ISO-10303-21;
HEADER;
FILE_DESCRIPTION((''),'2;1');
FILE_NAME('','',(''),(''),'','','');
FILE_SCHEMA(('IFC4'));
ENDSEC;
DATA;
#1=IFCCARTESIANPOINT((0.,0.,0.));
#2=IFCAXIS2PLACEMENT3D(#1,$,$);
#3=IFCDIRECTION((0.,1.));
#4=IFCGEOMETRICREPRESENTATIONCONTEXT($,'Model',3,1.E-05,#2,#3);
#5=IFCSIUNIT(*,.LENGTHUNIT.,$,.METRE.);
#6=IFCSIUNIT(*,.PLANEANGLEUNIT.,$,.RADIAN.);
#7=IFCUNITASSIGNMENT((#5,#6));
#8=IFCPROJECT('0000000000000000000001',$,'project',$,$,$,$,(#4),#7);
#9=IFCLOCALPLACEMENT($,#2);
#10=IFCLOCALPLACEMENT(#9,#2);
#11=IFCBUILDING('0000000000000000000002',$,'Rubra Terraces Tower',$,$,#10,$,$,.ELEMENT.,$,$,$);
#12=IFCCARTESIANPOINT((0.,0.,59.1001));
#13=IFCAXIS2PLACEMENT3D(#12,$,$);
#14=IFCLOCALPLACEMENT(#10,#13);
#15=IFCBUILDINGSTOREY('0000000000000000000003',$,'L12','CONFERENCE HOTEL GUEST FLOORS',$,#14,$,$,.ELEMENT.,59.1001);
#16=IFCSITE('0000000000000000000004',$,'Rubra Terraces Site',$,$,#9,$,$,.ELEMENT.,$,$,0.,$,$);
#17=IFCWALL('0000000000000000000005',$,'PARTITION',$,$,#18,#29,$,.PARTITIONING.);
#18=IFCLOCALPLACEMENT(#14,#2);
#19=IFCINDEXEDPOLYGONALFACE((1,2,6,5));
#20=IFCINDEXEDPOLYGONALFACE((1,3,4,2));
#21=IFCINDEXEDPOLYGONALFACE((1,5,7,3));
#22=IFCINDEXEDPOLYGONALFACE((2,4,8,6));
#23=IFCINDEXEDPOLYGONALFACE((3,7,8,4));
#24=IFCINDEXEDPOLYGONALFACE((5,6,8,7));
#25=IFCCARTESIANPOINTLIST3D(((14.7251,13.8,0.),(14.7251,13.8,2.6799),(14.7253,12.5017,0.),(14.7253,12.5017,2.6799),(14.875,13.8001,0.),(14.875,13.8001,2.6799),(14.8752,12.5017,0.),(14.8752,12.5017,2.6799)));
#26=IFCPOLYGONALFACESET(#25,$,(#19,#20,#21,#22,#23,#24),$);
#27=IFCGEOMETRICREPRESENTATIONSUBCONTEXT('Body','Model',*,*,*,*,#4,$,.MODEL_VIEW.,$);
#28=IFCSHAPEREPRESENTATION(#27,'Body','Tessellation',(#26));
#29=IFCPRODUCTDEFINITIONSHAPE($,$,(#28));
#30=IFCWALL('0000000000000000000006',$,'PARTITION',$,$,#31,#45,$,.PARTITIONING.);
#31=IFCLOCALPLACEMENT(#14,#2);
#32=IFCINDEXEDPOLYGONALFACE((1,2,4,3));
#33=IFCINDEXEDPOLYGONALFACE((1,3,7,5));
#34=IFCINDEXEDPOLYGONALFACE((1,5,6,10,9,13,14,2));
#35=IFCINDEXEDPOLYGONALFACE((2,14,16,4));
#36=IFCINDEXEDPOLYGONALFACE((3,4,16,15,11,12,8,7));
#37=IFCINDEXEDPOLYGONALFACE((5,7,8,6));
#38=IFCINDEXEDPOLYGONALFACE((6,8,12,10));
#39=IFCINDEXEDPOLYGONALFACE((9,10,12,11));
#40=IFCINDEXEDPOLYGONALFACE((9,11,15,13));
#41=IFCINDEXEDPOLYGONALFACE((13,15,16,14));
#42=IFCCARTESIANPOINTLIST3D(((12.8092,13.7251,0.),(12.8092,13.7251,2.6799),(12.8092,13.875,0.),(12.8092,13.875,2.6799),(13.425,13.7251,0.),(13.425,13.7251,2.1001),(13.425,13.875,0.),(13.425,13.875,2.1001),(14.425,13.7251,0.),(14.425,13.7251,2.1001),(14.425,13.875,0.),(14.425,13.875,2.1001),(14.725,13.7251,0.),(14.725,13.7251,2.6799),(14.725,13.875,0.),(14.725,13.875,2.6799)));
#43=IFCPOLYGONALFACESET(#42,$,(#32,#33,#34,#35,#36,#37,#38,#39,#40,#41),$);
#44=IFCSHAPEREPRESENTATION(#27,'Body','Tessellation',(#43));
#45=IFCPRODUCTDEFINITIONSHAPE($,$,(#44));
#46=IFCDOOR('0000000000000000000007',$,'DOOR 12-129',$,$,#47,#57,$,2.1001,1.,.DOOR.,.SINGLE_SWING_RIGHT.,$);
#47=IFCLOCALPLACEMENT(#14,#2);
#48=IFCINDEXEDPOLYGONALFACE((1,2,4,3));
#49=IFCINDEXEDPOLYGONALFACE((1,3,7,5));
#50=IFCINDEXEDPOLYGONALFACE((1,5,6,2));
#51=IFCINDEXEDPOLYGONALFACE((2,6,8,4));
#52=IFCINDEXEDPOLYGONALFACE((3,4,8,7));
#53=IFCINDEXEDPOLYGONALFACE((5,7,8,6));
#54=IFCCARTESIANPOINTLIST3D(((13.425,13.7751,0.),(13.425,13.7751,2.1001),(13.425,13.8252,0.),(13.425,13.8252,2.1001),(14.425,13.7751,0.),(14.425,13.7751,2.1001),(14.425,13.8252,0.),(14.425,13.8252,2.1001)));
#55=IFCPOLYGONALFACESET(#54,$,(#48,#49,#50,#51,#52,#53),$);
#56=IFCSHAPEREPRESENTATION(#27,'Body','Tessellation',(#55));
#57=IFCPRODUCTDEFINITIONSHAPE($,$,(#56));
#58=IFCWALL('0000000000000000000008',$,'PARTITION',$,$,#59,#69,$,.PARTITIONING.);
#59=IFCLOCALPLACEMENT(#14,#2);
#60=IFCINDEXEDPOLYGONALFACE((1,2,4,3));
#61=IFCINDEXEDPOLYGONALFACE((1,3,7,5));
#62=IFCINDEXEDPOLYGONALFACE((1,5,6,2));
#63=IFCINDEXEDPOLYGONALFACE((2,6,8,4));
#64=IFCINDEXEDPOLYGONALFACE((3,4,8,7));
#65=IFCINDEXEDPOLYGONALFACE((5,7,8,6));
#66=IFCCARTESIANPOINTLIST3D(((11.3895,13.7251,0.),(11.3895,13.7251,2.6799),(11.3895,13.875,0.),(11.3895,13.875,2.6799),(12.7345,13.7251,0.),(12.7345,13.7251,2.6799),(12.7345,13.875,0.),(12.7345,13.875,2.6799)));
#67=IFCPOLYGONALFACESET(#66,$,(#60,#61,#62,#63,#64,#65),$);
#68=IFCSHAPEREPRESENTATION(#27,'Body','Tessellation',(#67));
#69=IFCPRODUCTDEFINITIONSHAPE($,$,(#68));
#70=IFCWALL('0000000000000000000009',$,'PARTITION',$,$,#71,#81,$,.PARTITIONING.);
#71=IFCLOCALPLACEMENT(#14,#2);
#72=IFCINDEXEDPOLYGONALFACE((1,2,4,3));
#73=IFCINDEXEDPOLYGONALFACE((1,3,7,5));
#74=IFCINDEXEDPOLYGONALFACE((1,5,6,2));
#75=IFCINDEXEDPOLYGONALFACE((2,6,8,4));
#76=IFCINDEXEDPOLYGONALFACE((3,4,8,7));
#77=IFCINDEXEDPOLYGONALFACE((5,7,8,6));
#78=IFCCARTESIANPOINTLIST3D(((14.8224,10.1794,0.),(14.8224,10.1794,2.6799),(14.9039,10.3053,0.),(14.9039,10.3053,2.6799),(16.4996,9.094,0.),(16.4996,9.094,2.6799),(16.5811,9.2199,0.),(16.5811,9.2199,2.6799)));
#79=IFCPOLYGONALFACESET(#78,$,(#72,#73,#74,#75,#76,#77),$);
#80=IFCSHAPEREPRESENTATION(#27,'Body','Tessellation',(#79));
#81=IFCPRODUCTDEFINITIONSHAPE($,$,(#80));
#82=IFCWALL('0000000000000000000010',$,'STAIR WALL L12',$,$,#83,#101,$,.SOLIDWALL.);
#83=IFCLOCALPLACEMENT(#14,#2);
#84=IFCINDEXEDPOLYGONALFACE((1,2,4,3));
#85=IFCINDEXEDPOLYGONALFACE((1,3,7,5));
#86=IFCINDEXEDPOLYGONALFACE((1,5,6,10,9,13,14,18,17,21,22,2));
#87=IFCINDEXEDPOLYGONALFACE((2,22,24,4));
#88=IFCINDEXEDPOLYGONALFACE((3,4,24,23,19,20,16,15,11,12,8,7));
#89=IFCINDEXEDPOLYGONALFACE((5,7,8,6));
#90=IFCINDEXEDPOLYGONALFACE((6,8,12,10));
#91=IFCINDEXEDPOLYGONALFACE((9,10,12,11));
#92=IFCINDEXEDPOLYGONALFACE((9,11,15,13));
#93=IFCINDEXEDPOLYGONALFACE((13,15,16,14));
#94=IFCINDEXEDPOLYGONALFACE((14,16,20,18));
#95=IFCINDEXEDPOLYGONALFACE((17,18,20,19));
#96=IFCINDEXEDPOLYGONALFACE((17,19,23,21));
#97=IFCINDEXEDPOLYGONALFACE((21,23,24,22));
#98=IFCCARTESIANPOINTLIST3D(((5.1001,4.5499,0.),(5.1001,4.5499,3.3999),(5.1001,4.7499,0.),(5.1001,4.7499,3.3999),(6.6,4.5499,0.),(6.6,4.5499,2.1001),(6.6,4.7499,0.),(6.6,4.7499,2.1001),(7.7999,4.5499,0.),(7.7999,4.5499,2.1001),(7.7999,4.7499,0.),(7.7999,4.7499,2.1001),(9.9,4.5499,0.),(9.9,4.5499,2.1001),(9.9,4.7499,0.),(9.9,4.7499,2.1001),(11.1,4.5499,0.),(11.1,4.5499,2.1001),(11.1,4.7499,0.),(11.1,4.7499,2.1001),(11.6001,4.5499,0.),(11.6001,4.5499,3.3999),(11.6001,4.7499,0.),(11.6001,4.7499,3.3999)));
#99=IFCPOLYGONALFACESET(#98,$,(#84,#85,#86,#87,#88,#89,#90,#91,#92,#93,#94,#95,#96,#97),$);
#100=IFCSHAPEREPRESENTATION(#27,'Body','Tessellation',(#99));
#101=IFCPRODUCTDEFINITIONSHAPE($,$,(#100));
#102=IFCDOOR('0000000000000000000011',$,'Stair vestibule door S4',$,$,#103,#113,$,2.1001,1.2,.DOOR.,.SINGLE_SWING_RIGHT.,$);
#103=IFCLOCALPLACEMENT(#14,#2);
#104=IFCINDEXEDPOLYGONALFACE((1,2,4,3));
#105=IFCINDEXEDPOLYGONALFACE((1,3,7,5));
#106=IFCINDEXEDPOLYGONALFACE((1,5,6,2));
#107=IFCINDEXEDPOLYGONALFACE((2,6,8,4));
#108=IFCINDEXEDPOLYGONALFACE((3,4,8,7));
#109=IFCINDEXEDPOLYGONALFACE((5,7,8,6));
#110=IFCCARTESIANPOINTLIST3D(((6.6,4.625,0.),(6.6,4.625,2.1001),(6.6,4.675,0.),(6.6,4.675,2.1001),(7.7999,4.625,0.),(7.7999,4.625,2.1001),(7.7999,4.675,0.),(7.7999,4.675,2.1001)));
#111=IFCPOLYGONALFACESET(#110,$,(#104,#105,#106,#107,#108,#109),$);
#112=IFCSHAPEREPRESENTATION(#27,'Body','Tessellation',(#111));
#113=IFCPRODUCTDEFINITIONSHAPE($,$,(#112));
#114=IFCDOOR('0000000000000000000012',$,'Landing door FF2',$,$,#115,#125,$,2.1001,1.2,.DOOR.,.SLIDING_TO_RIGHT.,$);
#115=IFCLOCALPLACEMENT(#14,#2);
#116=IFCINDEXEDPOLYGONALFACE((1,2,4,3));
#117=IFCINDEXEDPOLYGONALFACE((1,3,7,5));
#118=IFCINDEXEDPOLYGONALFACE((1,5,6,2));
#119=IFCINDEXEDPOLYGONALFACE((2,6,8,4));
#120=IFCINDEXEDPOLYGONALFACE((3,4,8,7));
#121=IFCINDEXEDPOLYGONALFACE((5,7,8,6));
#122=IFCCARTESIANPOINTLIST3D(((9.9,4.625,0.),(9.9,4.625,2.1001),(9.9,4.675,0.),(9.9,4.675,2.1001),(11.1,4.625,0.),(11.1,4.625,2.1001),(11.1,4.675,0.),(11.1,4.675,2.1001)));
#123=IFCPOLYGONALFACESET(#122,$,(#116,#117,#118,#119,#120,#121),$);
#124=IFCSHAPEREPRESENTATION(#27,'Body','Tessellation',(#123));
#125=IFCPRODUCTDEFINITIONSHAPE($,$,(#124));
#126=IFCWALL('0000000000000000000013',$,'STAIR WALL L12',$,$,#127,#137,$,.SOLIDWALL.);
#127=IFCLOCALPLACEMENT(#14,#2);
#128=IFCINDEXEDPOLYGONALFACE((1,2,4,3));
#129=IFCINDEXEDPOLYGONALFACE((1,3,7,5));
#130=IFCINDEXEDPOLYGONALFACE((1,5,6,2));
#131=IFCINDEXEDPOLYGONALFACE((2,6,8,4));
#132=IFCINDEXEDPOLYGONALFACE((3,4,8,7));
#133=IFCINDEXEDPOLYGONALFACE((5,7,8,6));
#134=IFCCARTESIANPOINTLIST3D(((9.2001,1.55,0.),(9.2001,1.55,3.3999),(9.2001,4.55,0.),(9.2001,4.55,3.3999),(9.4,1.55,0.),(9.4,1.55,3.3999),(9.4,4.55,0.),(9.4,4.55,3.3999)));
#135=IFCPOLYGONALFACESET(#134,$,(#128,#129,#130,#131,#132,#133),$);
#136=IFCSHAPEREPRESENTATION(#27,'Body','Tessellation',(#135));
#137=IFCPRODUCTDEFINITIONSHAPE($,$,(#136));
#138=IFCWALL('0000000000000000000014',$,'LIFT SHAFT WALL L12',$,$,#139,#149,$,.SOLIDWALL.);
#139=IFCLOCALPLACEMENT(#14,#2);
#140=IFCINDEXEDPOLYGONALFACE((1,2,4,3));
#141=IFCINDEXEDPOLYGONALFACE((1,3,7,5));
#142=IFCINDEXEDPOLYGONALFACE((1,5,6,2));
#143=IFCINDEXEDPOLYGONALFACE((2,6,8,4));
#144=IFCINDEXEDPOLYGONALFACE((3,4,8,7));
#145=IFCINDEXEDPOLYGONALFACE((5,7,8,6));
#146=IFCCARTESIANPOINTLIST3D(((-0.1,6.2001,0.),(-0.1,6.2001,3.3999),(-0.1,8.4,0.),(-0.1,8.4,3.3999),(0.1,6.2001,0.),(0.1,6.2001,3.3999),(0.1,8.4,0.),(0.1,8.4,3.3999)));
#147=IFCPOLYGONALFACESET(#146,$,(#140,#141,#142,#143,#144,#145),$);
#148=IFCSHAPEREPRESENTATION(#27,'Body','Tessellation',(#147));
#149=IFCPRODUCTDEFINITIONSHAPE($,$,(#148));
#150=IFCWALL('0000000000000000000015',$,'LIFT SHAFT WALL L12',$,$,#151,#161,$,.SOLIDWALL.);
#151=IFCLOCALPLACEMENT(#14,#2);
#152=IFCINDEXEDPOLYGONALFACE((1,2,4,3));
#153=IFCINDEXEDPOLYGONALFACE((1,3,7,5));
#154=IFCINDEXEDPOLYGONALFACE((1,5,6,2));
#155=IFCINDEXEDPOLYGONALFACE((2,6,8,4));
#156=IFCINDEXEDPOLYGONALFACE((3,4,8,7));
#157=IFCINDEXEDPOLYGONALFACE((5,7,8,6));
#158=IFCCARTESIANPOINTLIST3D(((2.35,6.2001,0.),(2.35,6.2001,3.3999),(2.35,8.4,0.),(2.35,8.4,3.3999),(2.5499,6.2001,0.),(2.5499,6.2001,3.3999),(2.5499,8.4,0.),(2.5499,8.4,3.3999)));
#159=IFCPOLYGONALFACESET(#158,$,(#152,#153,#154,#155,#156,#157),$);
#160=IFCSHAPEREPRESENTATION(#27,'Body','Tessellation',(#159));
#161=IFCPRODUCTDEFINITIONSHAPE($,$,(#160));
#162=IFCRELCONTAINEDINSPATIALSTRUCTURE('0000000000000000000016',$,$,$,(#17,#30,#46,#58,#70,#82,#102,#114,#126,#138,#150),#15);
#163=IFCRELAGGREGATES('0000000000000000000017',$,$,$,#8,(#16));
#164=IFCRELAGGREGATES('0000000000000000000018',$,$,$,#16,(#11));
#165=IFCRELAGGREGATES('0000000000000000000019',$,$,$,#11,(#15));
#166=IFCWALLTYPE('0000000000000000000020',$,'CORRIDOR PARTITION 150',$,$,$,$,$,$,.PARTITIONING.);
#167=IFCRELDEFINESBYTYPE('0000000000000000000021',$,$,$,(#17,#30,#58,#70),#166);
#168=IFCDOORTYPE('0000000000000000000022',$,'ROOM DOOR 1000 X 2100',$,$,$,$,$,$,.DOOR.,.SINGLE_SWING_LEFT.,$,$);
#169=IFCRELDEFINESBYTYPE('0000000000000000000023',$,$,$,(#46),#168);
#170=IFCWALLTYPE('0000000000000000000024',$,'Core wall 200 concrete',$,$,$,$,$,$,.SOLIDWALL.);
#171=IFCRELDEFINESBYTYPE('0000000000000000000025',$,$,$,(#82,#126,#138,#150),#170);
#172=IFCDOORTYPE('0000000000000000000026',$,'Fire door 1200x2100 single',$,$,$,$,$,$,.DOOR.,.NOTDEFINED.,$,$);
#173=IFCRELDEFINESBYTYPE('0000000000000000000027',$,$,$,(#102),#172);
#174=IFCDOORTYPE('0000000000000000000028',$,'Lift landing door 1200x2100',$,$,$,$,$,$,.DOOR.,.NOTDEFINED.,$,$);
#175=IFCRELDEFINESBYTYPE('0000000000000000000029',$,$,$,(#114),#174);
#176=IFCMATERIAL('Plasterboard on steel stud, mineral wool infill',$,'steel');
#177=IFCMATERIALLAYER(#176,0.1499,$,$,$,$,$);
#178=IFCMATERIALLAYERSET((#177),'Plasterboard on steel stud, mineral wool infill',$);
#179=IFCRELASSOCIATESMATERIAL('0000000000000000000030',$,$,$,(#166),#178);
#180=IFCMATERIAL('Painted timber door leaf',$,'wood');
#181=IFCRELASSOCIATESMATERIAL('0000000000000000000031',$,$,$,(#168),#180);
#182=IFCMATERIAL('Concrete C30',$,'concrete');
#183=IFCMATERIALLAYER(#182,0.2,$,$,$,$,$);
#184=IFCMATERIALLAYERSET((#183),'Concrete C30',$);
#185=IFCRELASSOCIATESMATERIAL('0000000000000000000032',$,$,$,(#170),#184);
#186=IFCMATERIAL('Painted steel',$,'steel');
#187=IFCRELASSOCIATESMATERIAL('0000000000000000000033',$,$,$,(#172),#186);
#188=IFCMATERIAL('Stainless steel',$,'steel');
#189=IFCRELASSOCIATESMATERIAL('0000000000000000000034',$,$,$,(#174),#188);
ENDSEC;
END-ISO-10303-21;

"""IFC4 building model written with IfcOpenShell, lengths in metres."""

from ifc_helpers import new_model, si_unit, direction, frame, frame_2d, origin, place, context, subcontext, project, spatial, rectangle, extrude, material, layer, layer_set, type_object, element, fill, save


model = new_model("IFC4")

# Units and contexts
model_context = context("Model", 3, precision=1e-05, world=origin(), true_north=direction((0.0, 1.0)))
body_context = subcontext(model_context, "Body", "Model", "MODEL_VIEW")
ifc_project = project(units=[si_unit("LENGTHUNIT", "METRE"), si_unit("PLANEANGLEUNIT", "RADIAN")], contexts=[model_context])

# Site, building, storey
site_placement = place(None, origin())
site = spatial("IfcSite", under=ifc_project, at=site_placement, Name="Rubra Terraces Site", CompositionType="ELEMENT", RefElevation=0.0)
building_placement = place(site_placement, origin())
building = spatial("IfcBuilding", under=site, at=building_placement, Name="Rubra Terraces Tower", CompositionType="ELEMENT")
storey_placement = place(building_placement, frame((0.0, 0.0, 59.1001)))
storey = spatial("IfcBuildingStorey", under=building, at=storey_placement, Name="L12", Description="CONFERENCE HOTEL GUEST FLOORS", CompositionType="ELEMENT", Elevation=59.1001)

# Wall
ifc_material_1 = material(Name="Plasterboard on steel stud, mineral wool infill", Category="steel")
ifc_layer_1 = layer(ifc_material_1, 0.1499)
ifc_layer_set_1 = layer_set([ifc_layer_1], Name="Plasterboard on steel stud, mineral wool infill")
wall_type_1 = type_object("IfcWallType", Name="CORRIDOR PARTITION 150", PredefinedType="PARTITIONING", material=ifc_layer_set_1)
wall_1_placement = place(storey_placement, frame((14.8003, 12.5017, 0.0), z_axis=(0.0, 0.0, 1.0), x_axis=(-0.000188, 1.0, 0.0)))
element("IfcWall", 1, at=wall_1_placement, inside=storey, type_object=wall_type_1, Name="PARTITION", PredefinedType="PARTITIONING", context=body_context, shape_type="SweptSolid", body=[
    extrude(rectangle(XDim=1.2983, YDim=0.1499, at=frame_2d((0.6492, 0.0))), origin(), (0.0, 0.0, 1.0), 2.6799),
])

# Wall, opening, door
wall_2_placement = place(storey_placement, frame((14.7251, 13.8, 0.0), z_axis=(0.0, 0.0, 1.0), x_axis=(-1.0, 0.0, 0.0)))
wall_2 = element("IfcWall", 2, at=wall_2_placement, inside=storey, type_object=wall_type_1, Name="PARTITION", PredefinedType="PARTITIONING", context=body_context, shape_type="SweptSolid", body=[
    extrude(rectangle(XDim=1.9158, YDim=0.1499, at=frame_2d((0.958, 0.0))), origin(), (0.0, 0.0, 1.0), 2.6799),
])
opening_1_placement = place(wall_2_placement, frame((0.3, 0.0, 0.0)))
opening_1 = element("IfcOpeningElement", 3, at=opening_1_placement, cuts=wall_2, PredefinedType="OPENING", context=body_context, shape_type="SweptSolid", body=[
    extrude(rectangle(XDim=1.0, YDim=2.1001, at=frame_2d((0.5, 1.05))), frame((0.0, 0.085, 0.0), z_axis=(0.0, -1.0, 0.0), x_axis=(1.0, 0.0, 0.0)), (0.0, 0.0, 1.0), 0.1699),
])
ifc_material_2 = material(Name="Painted timber door leaf", Category="wood")
door_type_1 = type_object("IfcDoorType", Name="ROOM DOOR 1000 X 2100", OperationType="SINGLE_SWING_LEFT", PredefinedType="DOOR", material=ifc_material_2)
door_1_placement = place(opening_1_placement, origin())
door_1 = element("IfcDoor", 4, at=door_1_placement, inside=storey, type_object=door_type_1, Name="DOOR 12-129", OperationType="SINGLE_SWING_RIGHT", OverallHeight=2.1001, OverallWidth=1.0, PredefinedType="DOOR", context=body_context, shape_type="SweptSolid", body=[
    extrude(rectangle(XDim=1.0, YDim=2.1001, at=frame_2d((0.5, 1.05))), frame((0.0, 0.0249, 0.0), z_axis=(0.0, -1.0, 0.0), x_axis=(1.0, 0.0, 0.0)), (0.0, 0.0, 1.0), 0.05),
])
fill(opening_1, door_1)

# Wall
wall_3_placement = place(storey_placement, frame((12.7344, 13.8, 0.0), z_axis=(0.0, 0.0, 1.0), x_axis=(-1.0, 0.0, 0.0)))
element("IfcWall", 5, at=wall_3_placement, inside=storey, type_object=wall_type_1, Name="PARTITION", PredefinedType="PARTITIONING", context=body_context, shape_type="SweptSolid", body=[
    extrude(rectangle(XDim=1.345, YDim=0.1499, at=frame_2d((0.6724, 0.0))), origin(), (0.0, 0.0, 1.0), 2.6799),
])

# Wall
wall_4_placement = place(storey_placement, frame((14.863, 10.2424, 0.0), z_axis=(0.0, 0.0, 1.0), x_axis=(0.839531, -0.543312, 0.0)))
element("IfcWall", 6, at=wall_4_placement, inside=storey, type_object=wall_type_1, Name="PARTITION", PredefinedType="PARTITIONING", context=body_context, shape_type="SweptSolid", body=[
    extrude(rectangle(XDim=1.9978, YDim=0.1499, at=frame_2d((0.999, 0.0))), origin(), (0.0, 0.0, 1.0), 2.6799),
])

# Wall, openings, doors
ifc_material_3 = material(Name="Concrete C30", Category="concrete")
ifc_layer_2 = layer(ifc_material_3, 0.2)
ifc_layer_set_2 = layer_set([ifc_layer_2], Name="Concrete C30")
wall_type_2 = type_object("IfcWallType", Name="Core wall 200 concrete", PredefinedType="SOLIDWALL", material=ifc_layer_set_2)
wall_5_placement = place(storey_placement, frame((11.6001, 4.6499, 0.0), z_axis=(0.0, 0.0, 1.0), x_axis=(-1.0, 0.0, 0.0)))
wall_5 = element("IfcWall", 7, at=wall_5_placement, inside=storey, type_object=wall_type_2, Name="STAIR WALL L12", PredefinedType="SOLIDWALL", context=body_context, shape_type="SweptSolid", body=[
    extrude(rectangle(XDim=6.5, YDim=0.2, at=frame_2d((3.25, 0.0))), origin(), (0.0, 0.0, 1.0), 3.3999),
])
opening_2_placement = place(wall_5_placement, frame((3.8, 0.0, 0.0)))
opening_2 = element("IfcOpeningElement", 8, at=opening_2_placement, cuts=wall_5, PredefinedType="OPENING", context=body_context, shape_type="SweptSolid", body=[
    extrude(rectangle(XDim=1.2, YDim=2.1001, at=frame_2d((0.6001, 1.05))), frame((0.0, 0.1099, 0.0), z_axis=(0.0, -1.0, 0.0), x_axis=(1.0, 0.0, 0.0)), (0.0, 0.0, 1.0), 0.22),
])
opening_3_placement = place(wall_5_placement, frame((0.5, 0.0, 0.0)))
opening_3 = element("IfcOpeningElement", 9, at=opening_3_placement, cuts=wall_5, PredefinedType="OPENING", context=body_context, shape_type="SweptSolid", body=[
    extrude(rectangle(XDim=1.2, YDim=2.1001, at=frame_2d((0.6001, 1.05))), frame((0.0, 0.1099, 0.0), z_axis=(0.0, -1.0, 0.0), x_axis=(1.0, 0.0, 0.0)), (0.0, 0.0, 1.0), 0.22),
])
ifc_material_4 = material(Name="Painted steel", Category="steel")
door_type_2 = type_object("IfcDoorType", Name="Fire door 1200x2100 single", OperationType="NOTDEFINED", PredefinedType="DOOR", material=ifc_material_4)
door_2_placement = place(opening_2_placement, origin())
door_2 = element("IfcDoor", 10, at=door_2_placement, inside=storey, type_object=door_type_2, Name="Stair vestibule door S4", OperationType="SINGLE_SWING_RIGHT", OverallHeight=2.1001, OverallWidth=1.2, PredefinedType="DOOR", context=body_context, shape_type="SweptSolid", body=[
    extrude(rectangle(XDim=1.2, YDim=2.1001, at=frame_2d((0.6001, 1.05))), frame((0.0, 0.0249, 0.0), z_axis=(0.0, -1.0, 0.0), x_axis=(1.0, 0.0, 0.0)), (0.0, 0.0, 1.0), 0.05),
])
fill(opening_2, door_2)
ifc_material_5 = material(Name="Stainless steel", Category="steel")
door_type_3 = type_object("IfcDoorType", Name="Lift landing door 1200x2100", OperationType="NOTDEFINED", PredefinedType="DOOR", material=ifc_material_5)
door_3_placement = place(opening_3_placement, origin())
door_3 = element("IfcDoor", 11, at=door_3_placement, inside=storey, type_object=door_type_3, Name="Landing door FF2", OperationType="SLIDING_TO_RIGHT", OverallHeight=2.1001, OverallWidth=1.2, PredefinedType="DOOR", context=body_context, shape_type="SweptSolid", body=[
    extrude(rectangle(XDim=1.2, YDim=2.1001, at=frame_2d((0.6001, 1.05))), frame((0.0, 0.0249, 0.0), z_axis=(0.0, -1.0, 0.0), x_axis=(1.0, 0.0, 0.0)), (0.0, 0.0, 1.0), 0.05),
])
fill(opening_3, door_3)

# Walls
wall_6_placement = place(storey_placement, frame((9.3, 4.55, 0.0), z_axis=(0.0, 0.0, 1.0), x_axis=(0.0, -1.0, 0.0)))
element("IfcWall", 12, at=wall_6_placement, inside=storey, type_object=wall_type_2, Name="STAIR WALL L12", PredefinedType="SOLIDWALL", context=body_context, shape_type="SweptSolid", body=[
    extrude(rectangle(XDim=3.0, YDim=0.2, at=frame_2d((1.5, 0.0))), origin(), (0.0, 0.0, 1.0), 3.3999),
])
for number, where, z_axis, x_axis, name in (
    (13, (0.0, 6.2, 0.0), (0.0, 0.0, 1.0), (0.0, 1.0, 0.0), "LIFT SHAFT WALL L12"),
    (14, (2.45, 6.2, 0.0), (0.0, 0.0, 1.0), (0.0, 1.0, 0.0), "LIFT SHAFT WALL L12"),
):
    element("IfcWall", number, at=place(storey_placement, frame(where, z_axis=z_axis, x_axis=x_axis)), inside=storey, type_object=wall_type_2, Name=name, PredefinedType="SOLIDWALL", context=body_context, shape_type="SweptSolid", body=[
        extrude(rectangle(XDim=2.2, YDim=0.2, at=frame_2d((1.1001, 0.0))), origin(), (0.0, 0.0, 1.0), 3.3999),
    ])

save(model, "model.ifc")
